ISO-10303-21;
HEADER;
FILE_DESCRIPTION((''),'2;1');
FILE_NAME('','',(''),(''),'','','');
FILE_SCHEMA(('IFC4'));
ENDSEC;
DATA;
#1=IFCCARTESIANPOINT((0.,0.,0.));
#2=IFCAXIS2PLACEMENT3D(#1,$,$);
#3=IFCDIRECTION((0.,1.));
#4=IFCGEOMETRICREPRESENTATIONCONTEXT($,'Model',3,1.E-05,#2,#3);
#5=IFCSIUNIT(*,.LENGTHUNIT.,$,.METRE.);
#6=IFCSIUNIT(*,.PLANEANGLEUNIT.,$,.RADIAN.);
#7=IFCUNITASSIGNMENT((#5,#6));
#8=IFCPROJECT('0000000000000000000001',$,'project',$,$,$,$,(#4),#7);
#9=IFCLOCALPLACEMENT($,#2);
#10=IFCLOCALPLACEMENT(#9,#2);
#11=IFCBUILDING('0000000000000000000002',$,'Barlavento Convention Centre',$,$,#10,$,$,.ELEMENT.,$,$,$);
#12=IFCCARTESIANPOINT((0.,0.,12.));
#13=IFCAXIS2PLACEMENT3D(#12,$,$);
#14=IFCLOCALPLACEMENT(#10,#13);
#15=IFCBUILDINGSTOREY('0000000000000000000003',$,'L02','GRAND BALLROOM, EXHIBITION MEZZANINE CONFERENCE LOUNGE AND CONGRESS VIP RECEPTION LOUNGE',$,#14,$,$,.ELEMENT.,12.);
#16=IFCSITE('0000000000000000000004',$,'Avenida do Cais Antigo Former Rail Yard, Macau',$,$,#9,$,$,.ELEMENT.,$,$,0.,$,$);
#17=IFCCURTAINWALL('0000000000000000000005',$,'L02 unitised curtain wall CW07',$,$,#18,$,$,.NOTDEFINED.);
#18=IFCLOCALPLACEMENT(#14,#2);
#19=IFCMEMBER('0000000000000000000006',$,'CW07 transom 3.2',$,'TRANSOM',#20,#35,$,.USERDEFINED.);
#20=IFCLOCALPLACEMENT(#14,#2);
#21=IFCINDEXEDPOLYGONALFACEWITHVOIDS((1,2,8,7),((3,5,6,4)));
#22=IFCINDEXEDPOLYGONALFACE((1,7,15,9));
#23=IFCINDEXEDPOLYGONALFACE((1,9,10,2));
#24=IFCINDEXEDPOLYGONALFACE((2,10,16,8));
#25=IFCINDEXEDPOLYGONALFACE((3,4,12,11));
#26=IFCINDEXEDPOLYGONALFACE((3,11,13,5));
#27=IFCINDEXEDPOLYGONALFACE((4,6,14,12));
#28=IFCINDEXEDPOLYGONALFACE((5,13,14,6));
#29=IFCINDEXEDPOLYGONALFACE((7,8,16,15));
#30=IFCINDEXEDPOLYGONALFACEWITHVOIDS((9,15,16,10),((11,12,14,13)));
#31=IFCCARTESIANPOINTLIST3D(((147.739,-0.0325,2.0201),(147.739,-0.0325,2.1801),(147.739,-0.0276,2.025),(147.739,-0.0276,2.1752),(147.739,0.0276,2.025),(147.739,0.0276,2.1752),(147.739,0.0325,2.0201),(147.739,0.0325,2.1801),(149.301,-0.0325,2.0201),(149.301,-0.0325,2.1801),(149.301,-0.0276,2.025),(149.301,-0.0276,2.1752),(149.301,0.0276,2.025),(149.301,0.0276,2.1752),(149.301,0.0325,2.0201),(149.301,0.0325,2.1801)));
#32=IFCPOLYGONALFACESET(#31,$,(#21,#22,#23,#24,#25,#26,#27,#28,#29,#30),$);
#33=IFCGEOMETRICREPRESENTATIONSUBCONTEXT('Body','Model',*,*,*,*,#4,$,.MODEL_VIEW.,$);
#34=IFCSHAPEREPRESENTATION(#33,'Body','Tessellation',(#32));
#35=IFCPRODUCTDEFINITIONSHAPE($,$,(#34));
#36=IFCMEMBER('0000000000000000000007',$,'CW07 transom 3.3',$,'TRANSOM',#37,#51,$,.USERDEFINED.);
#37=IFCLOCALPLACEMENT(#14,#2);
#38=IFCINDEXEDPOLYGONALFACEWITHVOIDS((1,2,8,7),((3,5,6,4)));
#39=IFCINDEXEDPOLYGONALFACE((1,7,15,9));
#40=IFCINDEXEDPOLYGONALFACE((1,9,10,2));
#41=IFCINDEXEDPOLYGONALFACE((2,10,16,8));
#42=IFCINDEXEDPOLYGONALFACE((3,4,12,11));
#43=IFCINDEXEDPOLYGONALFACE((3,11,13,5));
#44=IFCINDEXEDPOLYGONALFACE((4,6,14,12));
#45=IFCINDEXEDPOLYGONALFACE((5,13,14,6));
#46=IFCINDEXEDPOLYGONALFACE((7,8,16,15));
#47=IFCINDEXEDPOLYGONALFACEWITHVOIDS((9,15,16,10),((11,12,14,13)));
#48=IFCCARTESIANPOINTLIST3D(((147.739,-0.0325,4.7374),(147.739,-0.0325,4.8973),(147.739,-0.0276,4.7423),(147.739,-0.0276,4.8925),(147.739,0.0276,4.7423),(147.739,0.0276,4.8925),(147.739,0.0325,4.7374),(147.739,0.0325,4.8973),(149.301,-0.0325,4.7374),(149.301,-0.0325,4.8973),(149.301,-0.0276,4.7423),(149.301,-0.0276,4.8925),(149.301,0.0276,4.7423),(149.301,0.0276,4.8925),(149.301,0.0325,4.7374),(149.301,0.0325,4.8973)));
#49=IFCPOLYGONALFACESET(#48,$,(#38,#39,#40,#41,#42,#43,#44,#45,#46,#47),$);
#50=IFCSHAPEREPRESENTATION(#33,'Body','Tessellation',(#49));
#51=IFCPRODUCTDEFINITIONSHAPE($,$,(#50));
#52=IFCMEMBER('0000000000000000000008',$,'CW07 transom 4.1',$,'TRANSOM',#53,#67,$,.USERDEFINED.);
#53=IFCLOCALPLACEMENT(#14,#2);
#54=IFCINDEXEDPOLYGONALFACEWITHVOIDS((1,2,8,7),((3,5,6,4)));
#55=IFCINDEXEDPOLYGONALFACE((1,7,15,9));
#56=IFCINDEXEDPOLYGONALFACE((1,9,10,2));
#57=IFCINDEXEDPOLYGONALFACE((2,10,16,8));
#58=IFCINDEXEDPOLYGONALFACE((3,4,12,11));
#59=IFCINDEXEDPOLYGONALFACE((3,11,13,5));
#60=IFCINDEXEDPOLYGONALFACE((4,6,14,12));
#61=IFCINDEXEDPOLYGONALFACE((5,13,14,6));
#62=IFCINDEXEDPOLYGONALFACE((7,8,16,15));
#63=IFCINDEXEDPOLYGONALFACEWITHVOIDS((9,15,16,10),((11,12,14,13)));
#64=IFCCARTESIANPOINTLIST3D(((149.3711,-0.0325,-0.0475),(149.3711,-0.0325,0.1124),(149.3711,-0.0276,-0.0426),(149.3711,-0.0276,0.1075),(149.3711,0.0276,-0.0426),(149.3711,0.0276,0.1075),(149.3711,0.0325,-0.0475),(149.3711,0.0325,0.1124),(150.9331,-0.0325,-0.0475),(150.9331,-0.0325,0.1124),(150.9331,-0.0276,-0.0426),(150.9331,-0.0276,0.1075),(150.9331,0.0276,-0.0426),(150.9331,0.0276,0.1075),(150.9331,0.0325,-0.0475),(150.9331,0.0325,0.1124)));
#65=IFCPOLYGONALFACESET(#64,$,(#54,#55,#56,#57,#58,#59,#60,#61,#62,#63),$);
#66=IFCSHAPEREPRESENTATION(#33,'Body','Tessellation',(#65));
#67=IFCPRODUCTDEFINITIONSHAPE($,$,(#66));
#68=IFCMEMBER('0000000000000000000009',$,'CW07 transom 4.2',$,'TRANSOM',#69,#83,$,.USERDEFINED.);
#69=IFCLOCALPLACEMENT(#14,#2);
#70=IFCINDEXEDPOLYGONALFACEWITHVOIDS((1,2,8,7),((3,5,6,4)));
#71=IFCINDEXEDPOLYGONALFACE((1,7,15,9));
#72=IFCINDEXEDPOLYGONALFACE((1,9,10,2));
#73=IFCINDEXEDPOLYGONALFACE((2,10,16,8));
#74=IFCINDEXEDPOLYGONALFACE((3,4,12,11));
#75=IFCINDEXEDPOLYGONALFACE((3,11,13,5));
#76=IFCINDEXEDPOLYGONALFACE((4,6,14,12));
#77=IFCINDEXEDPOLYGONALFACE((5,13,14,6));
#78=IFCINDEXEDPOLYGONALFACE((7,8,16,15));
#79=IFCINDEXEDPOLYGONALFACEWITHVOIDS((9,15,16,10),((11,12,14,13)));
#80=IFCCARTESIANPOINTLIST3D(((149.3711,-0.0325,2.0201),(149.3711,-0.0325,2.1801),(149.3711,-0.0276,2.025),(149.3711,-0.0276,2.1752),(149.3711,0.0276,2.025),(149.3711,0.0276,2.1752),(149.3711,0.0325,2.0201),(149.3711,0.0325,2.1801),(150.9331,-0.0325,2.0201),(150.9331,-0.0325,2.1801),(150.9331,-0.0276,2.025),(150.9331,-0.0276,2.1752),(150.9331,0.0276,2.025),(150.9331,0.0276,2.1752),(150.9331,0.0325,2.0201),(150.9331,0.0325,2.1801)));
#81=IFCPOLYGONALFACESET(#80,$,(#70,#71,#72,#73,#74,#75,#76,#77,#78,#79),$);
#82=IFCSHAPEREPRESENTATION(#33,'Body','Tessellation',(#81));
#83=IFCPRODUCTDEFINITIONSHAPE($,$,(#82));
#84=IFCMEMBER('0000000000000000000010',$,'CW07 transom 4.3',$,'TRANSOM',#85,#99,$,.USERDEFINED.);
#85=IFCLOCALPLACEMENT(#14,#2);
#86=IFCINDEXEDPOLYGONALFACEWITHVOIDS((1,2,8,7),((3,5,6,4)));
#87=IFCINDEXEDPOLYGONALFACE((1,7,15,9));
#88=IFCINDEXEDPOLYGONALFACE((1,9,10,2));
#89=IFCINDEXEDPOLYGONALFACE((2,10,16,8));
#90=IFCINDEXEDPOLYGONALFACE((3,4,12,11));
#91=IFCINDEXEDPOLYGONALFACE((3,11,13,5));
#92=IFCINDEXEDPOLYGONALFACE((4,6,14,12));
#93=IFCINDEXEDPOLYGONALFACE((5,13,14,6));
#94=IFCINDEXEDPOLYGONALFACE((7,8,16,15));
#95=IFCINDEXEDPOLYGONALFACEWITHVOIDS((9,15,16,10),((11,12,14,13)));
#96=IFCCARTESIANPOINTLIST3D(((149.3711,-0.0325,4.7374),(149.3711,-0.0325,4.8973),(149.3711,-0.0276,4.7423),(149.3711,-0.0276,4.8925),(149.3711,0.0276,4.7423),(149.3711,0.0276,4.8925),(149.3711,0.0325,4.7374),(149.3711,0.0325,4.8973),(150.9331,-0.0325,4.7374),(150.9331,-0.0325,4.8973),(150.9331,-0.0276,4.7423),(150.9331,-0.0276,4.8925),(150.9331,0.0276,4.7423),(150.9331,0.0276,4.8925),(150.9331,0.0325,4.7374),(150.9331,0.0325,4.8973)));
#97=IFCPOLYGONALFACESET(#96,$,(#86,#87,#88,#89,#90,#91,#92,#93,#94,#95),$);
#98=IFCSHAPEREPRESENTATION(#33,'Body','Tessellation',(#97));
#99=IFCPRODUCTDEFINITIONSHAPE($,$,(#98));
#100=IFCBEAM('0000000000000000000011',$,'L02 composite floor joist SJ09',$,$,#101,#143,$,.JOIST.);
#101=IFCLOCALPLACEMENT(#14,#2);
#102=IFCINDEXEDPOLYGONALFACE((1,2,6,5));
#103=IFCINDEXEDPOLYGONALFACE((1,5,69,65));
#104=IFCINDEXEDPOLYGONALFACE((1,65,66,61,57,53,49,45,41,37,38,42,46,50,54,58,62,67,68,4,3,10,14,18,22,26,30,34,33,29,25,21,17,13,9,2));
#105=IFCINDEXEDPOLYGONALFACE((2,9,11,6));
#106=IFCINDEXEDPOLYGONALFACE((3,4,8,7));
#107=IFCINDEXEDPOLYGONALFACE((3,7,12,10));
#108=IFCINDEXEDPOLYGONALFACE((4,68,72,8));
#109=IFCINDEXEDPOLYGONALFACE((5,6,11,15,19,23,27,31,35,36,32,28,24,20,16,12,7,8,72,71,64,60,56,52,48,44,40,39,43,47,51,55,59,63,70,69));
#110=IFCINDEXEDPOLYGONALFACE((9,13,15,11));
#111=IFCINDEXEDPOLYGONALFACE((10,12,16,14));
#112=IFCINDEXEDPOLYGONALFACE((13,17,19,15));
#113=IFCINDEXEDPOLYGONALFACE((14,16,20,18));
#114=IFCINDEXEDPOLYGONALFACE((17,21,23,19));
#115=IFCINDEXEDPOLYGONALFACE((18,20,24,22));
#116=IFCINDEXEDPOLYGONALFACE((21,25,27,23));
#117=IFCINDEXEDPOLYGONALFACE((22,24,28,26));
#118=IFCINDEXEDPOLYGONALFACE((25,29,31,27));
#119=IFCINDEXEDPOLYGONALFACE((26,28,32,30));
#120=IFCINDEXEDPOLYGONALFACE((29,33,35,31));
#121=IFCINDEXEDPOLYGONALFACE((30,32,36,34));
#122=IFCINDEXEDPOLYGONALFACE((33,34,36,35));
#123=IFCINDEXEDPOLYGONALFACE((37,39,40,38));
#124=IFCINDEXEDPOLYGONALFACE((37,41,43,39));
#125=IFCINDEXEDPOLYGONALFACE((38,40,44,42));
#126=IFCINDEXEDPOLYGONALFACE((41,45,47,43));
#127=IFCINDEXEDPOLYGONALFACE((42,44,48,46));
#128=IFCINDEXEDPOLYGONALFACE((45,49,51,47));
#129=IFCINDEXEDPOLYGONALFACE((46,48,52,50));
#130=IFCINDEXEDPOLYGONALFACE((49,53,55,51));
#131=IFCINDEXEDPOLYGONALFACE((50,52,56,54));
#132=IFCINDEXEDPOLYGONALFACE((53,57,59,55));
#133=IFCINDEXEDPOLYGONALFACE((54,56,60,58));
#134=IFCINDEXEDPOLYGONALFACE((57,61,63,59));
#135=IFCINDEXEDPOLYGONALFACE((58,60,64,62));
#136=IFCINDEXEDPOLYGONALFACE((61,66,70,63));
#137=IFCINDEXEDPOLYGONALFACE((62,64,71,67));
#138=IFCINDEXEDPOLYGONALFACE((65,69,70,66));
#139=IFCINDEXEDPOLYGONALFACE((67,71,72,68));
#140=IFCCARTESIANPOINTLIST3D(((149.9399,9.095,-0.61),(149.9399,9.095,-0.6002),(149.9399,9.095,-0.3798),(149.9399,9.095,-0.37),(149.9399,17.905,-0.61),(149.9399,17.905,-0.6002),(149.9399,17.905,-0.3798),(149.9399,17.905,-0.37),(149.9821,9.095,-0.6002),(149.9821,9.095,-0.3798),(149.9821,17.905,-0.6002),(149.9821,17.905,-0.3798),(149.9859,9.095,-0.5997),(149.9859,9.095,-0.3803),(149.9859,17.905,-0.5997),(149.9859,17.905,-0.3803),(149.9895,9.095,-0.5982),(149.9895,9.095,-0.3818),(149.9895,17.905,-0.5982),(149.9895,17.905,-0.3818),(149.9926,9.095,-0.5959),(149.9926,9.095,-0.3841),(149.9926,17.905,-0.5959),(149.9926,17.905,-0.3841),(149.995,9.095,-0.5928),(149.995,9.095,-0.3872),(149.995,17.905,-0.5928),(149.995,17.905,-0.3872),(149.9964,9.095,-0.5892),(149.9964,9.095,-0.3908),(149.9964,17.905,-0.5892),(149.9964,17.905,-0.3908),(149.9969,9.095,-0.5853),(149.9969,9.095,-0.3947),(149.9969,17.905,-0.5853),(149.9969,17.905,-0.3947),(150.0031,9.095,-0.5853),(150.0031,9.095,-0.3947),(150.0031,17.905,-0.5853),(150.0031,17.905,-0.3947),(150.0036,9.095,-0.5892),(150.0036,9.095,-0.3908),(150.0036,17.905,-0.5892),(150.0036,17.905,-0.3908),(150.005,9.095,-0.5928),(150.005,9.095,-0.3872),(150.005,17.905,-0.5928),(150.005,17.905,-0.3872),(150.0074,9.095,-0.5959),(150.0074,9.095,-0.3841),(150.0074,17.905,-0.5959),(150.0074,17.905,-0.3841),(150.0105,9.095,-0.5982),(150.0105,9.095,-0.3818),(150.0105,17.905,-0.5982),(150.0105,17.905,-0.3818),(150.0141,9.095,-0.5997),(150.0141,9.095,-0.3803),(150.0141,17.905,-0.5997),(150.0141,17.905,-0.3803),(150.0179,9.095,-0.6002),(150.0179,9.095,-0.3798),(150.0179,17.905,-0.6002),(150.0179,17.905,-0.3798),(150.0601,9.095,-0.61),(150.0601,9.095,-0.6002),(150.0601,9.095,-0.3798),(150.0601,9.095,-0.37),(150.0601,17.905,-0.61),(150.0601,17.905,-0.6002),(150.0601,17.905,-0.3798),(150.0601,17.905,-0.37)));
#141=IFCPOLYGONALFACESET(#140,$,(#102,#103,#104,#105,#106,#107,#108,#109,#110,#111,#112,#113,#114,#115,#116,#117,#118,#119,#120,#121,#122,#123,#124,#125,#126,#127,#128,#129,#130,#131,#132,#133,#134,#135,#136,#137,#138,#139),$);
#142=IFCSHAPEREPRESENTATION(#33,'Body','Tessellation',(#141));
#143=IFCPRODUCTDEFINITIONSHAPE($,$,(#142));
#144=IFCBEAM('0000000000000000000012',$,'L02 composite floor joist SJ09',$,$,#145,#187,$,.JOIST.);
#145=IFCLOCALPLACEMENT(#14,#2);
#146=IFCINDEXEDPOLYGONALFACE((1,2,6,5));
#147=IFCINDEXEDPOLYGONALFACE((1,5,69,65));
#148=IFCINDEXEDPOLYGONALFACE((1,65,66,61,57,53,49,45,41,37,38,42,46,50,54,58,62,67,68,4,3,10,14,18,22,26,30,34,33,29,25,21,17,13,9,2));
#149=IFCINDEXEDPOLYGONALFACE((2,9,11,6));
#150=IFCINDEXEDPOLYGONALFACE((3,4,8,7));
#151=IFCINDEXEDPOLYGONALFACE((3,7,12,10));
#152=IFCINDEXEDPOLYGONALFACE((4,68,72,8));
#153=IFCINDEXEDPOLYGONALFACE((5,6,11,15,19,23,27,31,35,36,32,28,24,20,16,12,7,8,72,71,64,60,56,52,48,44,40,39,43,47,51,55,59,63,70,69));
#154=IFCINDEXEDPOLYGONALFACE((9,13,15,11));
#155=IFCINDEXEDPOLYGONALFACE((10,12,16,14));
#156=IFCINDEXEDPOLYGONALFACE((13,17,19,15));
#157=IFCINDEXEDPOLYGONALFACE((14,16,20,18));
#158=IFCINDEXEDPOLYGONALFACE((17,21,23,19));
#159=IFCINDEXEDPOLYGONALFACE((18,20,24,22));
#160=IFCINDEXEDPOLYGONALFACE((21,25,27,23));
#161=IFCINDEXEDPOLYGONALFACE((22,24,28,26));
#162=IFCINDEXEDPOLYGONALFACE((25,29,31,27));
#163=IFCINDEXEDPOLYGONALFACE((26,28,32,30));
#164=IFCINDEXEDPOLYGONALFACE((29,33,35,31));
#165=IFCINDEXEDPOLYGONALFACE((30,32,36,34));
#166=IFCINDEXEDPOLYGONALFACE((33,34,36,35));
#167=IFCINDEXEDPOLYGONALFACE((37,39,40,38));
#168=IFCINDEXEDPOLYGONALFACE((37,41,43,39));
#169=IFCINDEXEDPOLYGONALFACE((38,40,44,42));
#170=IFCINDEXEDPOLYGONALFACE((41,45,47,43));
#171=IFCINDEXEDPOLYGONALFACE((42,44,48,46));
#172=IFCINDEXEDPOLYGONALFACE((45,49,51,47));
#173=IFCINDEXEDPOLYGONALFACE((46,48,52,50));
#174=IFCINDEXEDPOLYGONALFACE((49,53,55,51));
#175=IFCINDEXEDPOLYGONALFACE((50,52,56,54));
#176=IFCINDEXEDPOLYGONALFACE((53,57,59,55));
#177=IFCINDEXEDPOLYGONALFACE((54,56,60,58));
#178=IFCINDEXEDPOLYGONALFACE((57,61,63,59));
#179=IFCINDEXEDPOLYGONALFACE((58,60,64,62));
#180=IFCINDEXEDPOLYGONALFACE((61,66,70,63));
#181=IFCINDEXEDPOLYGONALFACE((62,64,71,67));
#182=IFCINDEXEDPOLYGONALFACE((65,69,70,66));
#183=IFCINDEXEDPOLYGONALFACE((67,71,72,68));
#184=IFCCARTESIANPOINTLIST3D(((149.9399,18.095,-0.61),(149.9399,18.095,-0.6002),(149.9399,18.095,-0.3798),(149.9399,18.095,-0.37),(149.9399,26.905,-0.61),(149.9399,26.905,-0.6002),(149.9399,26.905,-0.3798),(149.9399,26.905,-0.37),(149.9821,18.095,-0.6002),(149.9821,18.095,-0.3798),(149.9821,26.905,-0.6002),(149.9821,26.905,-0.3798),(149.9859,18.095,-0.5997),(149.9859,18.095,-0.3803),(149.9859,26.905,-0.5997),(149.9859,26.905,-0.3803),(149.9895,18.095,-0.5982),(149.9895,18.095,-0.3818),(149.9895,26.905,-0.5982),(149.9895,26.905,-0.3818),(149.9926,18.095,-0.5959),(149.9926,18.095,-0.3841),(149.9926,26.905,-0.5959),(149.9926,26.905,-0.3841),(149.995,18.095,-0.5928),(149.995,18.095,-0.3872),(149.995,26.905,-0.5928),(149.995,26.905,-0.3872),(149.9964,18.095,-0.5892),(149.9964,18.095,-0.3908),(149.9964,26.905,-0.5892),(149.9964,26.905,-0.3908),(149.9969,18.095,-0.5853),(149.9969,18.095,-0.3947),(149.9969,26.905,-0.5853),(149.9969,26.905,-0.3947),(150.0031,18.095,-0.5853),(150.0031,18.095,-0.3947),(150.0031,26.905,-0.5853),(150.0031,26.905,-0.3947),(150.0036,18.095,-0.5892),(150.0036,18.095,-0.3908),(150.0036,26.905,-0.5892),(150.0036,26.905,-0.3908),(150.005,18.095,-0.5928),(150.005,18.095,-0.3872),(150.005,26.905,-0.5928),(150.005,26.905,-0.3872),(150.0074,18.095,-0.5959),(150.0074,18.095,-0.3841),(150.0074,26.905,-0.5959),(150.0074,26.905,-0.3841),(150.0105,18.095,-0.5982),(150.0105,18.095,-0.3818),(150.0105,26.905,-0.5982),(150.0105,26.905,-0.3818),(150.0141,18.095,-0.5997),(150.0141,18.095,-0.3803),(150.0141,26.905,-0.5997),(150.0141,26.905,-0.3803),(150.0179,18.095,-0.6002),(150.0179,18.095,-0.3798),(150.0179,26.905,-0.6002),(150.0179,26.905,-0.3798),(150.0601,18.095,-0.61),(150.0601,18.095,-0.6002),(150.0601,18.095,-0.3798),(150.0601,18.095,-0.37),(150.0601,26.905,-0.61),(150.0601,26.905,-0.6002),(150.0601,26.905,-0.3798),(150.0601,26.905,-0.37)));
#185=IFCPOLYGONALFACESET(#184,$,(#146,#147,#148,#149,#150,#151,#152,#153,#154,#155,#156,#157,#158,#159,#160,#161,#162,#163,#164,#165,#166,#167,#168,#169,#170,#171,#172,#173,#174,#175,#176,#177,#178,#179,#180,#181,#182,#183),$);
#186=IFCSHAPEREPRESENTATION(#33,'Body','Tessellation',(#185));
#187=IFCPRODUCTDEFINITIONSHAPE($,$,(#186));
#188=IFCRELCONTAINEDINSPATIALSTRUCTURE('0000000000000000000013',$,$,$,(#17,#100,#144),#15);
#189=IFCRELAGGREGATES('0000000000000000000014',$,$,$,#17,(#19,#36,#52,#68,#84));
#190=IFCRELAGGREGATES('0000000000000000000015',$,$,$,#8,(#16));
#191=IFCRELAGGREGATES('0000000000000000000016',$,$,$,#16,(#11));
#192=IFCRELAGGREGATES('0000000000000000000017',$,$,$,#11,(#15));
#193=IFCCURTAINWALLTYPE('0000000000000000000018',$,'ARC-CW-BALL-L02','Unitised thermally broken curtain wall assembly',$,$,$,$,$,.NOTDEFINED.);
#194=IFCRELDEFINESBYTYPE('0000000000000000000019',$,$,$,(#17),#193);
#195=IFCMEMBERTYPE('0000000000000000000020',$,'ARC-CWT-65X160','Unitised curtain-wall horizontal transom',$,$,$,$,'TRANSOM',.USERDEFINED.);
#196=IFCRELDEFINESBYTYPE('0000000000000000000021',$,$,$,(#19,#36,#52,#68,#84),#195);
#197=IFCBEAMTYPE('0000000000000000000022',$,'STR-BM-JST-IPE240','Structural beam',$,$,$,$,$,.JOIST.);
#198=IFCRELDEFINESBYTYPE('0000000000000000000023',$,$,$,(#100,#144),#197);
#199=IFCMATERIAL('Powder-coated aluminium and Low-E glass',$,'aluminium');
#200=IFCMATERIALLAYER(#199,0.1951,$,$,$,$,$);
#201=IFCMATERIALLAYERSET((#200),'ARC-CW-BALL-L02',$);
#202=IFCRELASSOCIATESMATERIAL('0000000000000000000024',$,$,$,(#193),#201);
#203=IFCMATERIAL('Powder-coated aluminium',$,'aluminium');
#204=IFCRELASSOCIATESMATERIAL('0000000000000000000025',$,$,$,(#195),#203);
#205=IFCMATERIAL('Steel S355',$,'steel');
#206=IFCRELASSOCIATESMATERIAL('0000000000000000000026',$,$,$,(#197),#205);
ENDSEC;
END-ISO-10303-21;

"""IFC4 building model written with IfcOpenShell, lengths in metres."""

from ifc_helpers import new_model, si_unit, direction, frame, origin, origin_2d, place, context, subcontext, project, spatial, hollow_rectangle, i_section, extrude, material, layer, layer_set, material_profile, profile_set, type_object, element, aggregate, save


model = new_model("IFC4")

# Units and contexts
model_context = context("Model", 3, precision=1e-05, world=origin(), true_north=direction((0.0, 1.0)))
body_context = subcontext(model_context, "Body", "Model", "MODEL_VIEW")
ifc_project = project(units=[si_unit("LENGTHUNIT", "METRE"), si_unit("PLANEANGLEUNIT", "RADIAN")], contexts=[model_context])

# Site, building, storey
site_placement = place(None, origin())
site = spatial("IfcSite", under=ifc_project, at=site_placement, Name="Avenida do Cais Antigo Former Rail Yard, Macau", CompositionType="ELEMENT", RefElevation=0.0)
building_placement = place(site_placement, origin())
building = spatial("IfcBuilding", under=site, at=building_placement, Name="Barlavento Convention Centre", CompositionType="ELEMENT")
storey_placement = place(building_placement, frame((0.0, 0.0, 12.0)))
storey = spatial("IfcBuildingStorey", under=building, at=storey_placement, Name="L02", Description="GRAND BALLROOM, EXHIBITION MEZZANINE CONFERENCE LOUNGE AND CONGRESS VIP RECEPTION LOUNGE", CompositionType="ELEMENT", Elevation=12.0)

# Curtain wall, members
ifc_material_1 = material(Name="Powder-coated aluminium and Low-E glass", Category="aluminium")
ifc_layer_1 = layer(ifc_material_1, 0.1951)
ifc_layer_set_1 = layer_set([ifc_layer_1], Name="ARC-CW-BALL-L02")
curtain_wall_type = type_object("IfcCurtainWallType", Name="ARC-CW-BALL-L02", Description="Unitised thermally broken curtain wall assembly", PredefinedType="NOTDEFINED", material=ifc_layer_set_1)
curtain_wall_placement = place(storey_placement, origin())
curtain_wall = element("IfcCurtainWall", 1, at=curtain_wall_placement, inside=storey, type_object=curtain_wall_type, Name="L02 unitised curtain wall CW07", PredefinedType="NOTDEFINED")
ifc_material_2 = material(Name="Powder-coated aluminium", Category="aluminium")
ifc_material_profile_1 = material_profile(ifc_material_2, hollow_rectangle(XDim=0.0649, YDim=0.1599, WallThickness=0.0049, at=origin_2d()), Name="AL-TRAN 65x160x5")
ifc_profile_set_1 = profile_set([ifc_material_profile_1], Name="Powder-coated aluminium")
member_type_1 = type_object("IfcMemberType", Name="ARC-CWT-65X160", Description="Unitised curtain-wall horizontal transom", ElementType="TRANSOM", PredefinedType="USERDEFINED", material=ifc_profile_set_1)
member_1_placement = place(storey_placement, frame((147.739, 0.0, 2.1001), z_axis=(1.0, 0.0, 0.0), x_axis=(0.0, 1.0, 0.0)))
member_1 = element("IfcMember", 2, at=member_1_placement, type_object=member_type_1, Name="CW07 transom 3.2", ObjectType="TRANSOM", PredefinedType="USERDEFINED", context=body_context, shape_type="SweptSolid", body=[
    extrude(hollow_rectangle(XDim=0.0649, YDim=0.1599, WallThickness=0.0049, at=origin_2d()), origin(), (0.0, 0.0, 1.0), 1.562),
])
member_2_placement = place(storey_placement, frame((147.739, 0.0, 4.8174), z_axis=(1.0, 0.0, 0.0), x_axis=(0.0, 1.0, 0.0)))
member_2 = element("IfcMember", 3, at=member_2_placement, type_object=member_type_1, Name="CW07 transom 3.3", ObjectType="TRANSOM", PredefinedType="USERDEFINED", context=body_context, shape_type="SweptSolid", body=[
    extrude(hollow_rectangle(XDim=0.0649, YDim=0.1599, WallThickness=0.0049, at=origin_2d()), origin(), (0.0, 0.0, 1.0), 1.562),
])
member_3_placement = place(storey_placement, frame((149.3711, 0.0, 0.0325), z_axis=(1.0, 0.0, 0.0), x_axis=(0.0, 1.0, 0.0)))
member_3 = element("IfcMember", 4, at=member_3_placement, type_object=member_type_1, Name="CW07 transom 4.1", ObjectType="TRANSOM", PredefinedType="USERDEFINED", context=body_context, shape_type="SweptSolid", body=[
    extrude(hollow_rectangle(XDim=0.0649, YDim=0.1599, WallThickness=0.0049, at=origin_2d()), origin(), (0.0, 0.0, 1.0), 1.562),
])
member_4_placement = place(storey_placement, frame((149.3711, 0.0, 2.1001), z_axis=(1.0, 0.0, 0.0), x_axis=(0.0, 1.0, 0.0)))
member_4 = element("IfcMember", 5, at=member_4_placement, type_object=member_type_1, Name="CW07 transom 4.2", ObjectType="TRANSOM", PredefinedType="USERDEFINED", context=body_context, shape_type="SweptSolid", body=[
    extrude(hollow_rectangle(XDim=0.0649, YDim=0.1599, WallThickness=0.0049, at=origin_2d()), origin(), (0.0, 0.0, 1.0), 1.562),
])
member_5_placement = place(storey_placement, frame((149.3711, 0.0, 4.8174), z_axis=(1.0, 0.0, 0.0), x_axis=(0.0, 1.0, 0.0)))
member_5 = element("IfcMember", 6, at=member_5_placement, type_object=member_type_1, Name="CW07 transom 4.3", ObjectType="TRANSOM", PredefinedType="USERDEFINED", context=body_context, shape_type="SweptSolid", body=[
    extrude(hollow_rectangle(XDim=0.0649, YDim=0.1599, WallThickness=0.0049, at=origin_2d()), origin(), (0.0, 0.0, 1.0), 1.562),
])

# Beams
ifc_material_3 = material(Name="Steel S355", Category="steel")
ifc_material_profile_2 = material_profile(ifc_material_3, i_section(OverallWidth=0.1201, OverallDepth=0.24, WebThickness=0.0061, FlangeThickness=0.0098, FilletRadius=0.0149, at=origin_2d()), Name="IPE 240")
ifc_profile_set_2 = profile_set([ifc_material_profile_2], Name="Steel S355")
beam_type_1 = type_object("IfcBeamType", Name="STR-BM-JST-IPE240", Description="Structural beam", PredefinedType="JOIST", material=ifc_profile_set_2)
for number, where, z_axis, x_axis, name in (
    (7, (150.0, 9.095, -0.49), (0.0, 1.0, 0.0), (-1.0, 0.0, 0.0), "L02 composite floor joist SJ09"),
    (8, (150.0, 18.095, -0.49), (0.0, 1.0, 0.0), (-1.0, 0.0, 0.0), "L02 composite floor joist SJ09"),
):
    element("IfcBeam", number, at=place(storey_placement, frame(where, z_axis=z_axis, x_axis=x_axis)), inside=storey, type_object=beam_type_1, Name=name, PredefinedType="JOIST", context=body_context, shape_type="SweptSolid", body=[
        extrude(i_section(OverallWidth=0.1201, OverallDepth=0.24, WebThickness=0.0061, FlangeThickness=0.0098, FilletRadius=0.0149, at=origin_2d()), origin(), (0.0, 0.0, 1.0), 8.8101),
    ])

aggregate(curtain_wall, [member_1, member_2, member_3, member_4, member_5])

save(model, "model.ifc")
